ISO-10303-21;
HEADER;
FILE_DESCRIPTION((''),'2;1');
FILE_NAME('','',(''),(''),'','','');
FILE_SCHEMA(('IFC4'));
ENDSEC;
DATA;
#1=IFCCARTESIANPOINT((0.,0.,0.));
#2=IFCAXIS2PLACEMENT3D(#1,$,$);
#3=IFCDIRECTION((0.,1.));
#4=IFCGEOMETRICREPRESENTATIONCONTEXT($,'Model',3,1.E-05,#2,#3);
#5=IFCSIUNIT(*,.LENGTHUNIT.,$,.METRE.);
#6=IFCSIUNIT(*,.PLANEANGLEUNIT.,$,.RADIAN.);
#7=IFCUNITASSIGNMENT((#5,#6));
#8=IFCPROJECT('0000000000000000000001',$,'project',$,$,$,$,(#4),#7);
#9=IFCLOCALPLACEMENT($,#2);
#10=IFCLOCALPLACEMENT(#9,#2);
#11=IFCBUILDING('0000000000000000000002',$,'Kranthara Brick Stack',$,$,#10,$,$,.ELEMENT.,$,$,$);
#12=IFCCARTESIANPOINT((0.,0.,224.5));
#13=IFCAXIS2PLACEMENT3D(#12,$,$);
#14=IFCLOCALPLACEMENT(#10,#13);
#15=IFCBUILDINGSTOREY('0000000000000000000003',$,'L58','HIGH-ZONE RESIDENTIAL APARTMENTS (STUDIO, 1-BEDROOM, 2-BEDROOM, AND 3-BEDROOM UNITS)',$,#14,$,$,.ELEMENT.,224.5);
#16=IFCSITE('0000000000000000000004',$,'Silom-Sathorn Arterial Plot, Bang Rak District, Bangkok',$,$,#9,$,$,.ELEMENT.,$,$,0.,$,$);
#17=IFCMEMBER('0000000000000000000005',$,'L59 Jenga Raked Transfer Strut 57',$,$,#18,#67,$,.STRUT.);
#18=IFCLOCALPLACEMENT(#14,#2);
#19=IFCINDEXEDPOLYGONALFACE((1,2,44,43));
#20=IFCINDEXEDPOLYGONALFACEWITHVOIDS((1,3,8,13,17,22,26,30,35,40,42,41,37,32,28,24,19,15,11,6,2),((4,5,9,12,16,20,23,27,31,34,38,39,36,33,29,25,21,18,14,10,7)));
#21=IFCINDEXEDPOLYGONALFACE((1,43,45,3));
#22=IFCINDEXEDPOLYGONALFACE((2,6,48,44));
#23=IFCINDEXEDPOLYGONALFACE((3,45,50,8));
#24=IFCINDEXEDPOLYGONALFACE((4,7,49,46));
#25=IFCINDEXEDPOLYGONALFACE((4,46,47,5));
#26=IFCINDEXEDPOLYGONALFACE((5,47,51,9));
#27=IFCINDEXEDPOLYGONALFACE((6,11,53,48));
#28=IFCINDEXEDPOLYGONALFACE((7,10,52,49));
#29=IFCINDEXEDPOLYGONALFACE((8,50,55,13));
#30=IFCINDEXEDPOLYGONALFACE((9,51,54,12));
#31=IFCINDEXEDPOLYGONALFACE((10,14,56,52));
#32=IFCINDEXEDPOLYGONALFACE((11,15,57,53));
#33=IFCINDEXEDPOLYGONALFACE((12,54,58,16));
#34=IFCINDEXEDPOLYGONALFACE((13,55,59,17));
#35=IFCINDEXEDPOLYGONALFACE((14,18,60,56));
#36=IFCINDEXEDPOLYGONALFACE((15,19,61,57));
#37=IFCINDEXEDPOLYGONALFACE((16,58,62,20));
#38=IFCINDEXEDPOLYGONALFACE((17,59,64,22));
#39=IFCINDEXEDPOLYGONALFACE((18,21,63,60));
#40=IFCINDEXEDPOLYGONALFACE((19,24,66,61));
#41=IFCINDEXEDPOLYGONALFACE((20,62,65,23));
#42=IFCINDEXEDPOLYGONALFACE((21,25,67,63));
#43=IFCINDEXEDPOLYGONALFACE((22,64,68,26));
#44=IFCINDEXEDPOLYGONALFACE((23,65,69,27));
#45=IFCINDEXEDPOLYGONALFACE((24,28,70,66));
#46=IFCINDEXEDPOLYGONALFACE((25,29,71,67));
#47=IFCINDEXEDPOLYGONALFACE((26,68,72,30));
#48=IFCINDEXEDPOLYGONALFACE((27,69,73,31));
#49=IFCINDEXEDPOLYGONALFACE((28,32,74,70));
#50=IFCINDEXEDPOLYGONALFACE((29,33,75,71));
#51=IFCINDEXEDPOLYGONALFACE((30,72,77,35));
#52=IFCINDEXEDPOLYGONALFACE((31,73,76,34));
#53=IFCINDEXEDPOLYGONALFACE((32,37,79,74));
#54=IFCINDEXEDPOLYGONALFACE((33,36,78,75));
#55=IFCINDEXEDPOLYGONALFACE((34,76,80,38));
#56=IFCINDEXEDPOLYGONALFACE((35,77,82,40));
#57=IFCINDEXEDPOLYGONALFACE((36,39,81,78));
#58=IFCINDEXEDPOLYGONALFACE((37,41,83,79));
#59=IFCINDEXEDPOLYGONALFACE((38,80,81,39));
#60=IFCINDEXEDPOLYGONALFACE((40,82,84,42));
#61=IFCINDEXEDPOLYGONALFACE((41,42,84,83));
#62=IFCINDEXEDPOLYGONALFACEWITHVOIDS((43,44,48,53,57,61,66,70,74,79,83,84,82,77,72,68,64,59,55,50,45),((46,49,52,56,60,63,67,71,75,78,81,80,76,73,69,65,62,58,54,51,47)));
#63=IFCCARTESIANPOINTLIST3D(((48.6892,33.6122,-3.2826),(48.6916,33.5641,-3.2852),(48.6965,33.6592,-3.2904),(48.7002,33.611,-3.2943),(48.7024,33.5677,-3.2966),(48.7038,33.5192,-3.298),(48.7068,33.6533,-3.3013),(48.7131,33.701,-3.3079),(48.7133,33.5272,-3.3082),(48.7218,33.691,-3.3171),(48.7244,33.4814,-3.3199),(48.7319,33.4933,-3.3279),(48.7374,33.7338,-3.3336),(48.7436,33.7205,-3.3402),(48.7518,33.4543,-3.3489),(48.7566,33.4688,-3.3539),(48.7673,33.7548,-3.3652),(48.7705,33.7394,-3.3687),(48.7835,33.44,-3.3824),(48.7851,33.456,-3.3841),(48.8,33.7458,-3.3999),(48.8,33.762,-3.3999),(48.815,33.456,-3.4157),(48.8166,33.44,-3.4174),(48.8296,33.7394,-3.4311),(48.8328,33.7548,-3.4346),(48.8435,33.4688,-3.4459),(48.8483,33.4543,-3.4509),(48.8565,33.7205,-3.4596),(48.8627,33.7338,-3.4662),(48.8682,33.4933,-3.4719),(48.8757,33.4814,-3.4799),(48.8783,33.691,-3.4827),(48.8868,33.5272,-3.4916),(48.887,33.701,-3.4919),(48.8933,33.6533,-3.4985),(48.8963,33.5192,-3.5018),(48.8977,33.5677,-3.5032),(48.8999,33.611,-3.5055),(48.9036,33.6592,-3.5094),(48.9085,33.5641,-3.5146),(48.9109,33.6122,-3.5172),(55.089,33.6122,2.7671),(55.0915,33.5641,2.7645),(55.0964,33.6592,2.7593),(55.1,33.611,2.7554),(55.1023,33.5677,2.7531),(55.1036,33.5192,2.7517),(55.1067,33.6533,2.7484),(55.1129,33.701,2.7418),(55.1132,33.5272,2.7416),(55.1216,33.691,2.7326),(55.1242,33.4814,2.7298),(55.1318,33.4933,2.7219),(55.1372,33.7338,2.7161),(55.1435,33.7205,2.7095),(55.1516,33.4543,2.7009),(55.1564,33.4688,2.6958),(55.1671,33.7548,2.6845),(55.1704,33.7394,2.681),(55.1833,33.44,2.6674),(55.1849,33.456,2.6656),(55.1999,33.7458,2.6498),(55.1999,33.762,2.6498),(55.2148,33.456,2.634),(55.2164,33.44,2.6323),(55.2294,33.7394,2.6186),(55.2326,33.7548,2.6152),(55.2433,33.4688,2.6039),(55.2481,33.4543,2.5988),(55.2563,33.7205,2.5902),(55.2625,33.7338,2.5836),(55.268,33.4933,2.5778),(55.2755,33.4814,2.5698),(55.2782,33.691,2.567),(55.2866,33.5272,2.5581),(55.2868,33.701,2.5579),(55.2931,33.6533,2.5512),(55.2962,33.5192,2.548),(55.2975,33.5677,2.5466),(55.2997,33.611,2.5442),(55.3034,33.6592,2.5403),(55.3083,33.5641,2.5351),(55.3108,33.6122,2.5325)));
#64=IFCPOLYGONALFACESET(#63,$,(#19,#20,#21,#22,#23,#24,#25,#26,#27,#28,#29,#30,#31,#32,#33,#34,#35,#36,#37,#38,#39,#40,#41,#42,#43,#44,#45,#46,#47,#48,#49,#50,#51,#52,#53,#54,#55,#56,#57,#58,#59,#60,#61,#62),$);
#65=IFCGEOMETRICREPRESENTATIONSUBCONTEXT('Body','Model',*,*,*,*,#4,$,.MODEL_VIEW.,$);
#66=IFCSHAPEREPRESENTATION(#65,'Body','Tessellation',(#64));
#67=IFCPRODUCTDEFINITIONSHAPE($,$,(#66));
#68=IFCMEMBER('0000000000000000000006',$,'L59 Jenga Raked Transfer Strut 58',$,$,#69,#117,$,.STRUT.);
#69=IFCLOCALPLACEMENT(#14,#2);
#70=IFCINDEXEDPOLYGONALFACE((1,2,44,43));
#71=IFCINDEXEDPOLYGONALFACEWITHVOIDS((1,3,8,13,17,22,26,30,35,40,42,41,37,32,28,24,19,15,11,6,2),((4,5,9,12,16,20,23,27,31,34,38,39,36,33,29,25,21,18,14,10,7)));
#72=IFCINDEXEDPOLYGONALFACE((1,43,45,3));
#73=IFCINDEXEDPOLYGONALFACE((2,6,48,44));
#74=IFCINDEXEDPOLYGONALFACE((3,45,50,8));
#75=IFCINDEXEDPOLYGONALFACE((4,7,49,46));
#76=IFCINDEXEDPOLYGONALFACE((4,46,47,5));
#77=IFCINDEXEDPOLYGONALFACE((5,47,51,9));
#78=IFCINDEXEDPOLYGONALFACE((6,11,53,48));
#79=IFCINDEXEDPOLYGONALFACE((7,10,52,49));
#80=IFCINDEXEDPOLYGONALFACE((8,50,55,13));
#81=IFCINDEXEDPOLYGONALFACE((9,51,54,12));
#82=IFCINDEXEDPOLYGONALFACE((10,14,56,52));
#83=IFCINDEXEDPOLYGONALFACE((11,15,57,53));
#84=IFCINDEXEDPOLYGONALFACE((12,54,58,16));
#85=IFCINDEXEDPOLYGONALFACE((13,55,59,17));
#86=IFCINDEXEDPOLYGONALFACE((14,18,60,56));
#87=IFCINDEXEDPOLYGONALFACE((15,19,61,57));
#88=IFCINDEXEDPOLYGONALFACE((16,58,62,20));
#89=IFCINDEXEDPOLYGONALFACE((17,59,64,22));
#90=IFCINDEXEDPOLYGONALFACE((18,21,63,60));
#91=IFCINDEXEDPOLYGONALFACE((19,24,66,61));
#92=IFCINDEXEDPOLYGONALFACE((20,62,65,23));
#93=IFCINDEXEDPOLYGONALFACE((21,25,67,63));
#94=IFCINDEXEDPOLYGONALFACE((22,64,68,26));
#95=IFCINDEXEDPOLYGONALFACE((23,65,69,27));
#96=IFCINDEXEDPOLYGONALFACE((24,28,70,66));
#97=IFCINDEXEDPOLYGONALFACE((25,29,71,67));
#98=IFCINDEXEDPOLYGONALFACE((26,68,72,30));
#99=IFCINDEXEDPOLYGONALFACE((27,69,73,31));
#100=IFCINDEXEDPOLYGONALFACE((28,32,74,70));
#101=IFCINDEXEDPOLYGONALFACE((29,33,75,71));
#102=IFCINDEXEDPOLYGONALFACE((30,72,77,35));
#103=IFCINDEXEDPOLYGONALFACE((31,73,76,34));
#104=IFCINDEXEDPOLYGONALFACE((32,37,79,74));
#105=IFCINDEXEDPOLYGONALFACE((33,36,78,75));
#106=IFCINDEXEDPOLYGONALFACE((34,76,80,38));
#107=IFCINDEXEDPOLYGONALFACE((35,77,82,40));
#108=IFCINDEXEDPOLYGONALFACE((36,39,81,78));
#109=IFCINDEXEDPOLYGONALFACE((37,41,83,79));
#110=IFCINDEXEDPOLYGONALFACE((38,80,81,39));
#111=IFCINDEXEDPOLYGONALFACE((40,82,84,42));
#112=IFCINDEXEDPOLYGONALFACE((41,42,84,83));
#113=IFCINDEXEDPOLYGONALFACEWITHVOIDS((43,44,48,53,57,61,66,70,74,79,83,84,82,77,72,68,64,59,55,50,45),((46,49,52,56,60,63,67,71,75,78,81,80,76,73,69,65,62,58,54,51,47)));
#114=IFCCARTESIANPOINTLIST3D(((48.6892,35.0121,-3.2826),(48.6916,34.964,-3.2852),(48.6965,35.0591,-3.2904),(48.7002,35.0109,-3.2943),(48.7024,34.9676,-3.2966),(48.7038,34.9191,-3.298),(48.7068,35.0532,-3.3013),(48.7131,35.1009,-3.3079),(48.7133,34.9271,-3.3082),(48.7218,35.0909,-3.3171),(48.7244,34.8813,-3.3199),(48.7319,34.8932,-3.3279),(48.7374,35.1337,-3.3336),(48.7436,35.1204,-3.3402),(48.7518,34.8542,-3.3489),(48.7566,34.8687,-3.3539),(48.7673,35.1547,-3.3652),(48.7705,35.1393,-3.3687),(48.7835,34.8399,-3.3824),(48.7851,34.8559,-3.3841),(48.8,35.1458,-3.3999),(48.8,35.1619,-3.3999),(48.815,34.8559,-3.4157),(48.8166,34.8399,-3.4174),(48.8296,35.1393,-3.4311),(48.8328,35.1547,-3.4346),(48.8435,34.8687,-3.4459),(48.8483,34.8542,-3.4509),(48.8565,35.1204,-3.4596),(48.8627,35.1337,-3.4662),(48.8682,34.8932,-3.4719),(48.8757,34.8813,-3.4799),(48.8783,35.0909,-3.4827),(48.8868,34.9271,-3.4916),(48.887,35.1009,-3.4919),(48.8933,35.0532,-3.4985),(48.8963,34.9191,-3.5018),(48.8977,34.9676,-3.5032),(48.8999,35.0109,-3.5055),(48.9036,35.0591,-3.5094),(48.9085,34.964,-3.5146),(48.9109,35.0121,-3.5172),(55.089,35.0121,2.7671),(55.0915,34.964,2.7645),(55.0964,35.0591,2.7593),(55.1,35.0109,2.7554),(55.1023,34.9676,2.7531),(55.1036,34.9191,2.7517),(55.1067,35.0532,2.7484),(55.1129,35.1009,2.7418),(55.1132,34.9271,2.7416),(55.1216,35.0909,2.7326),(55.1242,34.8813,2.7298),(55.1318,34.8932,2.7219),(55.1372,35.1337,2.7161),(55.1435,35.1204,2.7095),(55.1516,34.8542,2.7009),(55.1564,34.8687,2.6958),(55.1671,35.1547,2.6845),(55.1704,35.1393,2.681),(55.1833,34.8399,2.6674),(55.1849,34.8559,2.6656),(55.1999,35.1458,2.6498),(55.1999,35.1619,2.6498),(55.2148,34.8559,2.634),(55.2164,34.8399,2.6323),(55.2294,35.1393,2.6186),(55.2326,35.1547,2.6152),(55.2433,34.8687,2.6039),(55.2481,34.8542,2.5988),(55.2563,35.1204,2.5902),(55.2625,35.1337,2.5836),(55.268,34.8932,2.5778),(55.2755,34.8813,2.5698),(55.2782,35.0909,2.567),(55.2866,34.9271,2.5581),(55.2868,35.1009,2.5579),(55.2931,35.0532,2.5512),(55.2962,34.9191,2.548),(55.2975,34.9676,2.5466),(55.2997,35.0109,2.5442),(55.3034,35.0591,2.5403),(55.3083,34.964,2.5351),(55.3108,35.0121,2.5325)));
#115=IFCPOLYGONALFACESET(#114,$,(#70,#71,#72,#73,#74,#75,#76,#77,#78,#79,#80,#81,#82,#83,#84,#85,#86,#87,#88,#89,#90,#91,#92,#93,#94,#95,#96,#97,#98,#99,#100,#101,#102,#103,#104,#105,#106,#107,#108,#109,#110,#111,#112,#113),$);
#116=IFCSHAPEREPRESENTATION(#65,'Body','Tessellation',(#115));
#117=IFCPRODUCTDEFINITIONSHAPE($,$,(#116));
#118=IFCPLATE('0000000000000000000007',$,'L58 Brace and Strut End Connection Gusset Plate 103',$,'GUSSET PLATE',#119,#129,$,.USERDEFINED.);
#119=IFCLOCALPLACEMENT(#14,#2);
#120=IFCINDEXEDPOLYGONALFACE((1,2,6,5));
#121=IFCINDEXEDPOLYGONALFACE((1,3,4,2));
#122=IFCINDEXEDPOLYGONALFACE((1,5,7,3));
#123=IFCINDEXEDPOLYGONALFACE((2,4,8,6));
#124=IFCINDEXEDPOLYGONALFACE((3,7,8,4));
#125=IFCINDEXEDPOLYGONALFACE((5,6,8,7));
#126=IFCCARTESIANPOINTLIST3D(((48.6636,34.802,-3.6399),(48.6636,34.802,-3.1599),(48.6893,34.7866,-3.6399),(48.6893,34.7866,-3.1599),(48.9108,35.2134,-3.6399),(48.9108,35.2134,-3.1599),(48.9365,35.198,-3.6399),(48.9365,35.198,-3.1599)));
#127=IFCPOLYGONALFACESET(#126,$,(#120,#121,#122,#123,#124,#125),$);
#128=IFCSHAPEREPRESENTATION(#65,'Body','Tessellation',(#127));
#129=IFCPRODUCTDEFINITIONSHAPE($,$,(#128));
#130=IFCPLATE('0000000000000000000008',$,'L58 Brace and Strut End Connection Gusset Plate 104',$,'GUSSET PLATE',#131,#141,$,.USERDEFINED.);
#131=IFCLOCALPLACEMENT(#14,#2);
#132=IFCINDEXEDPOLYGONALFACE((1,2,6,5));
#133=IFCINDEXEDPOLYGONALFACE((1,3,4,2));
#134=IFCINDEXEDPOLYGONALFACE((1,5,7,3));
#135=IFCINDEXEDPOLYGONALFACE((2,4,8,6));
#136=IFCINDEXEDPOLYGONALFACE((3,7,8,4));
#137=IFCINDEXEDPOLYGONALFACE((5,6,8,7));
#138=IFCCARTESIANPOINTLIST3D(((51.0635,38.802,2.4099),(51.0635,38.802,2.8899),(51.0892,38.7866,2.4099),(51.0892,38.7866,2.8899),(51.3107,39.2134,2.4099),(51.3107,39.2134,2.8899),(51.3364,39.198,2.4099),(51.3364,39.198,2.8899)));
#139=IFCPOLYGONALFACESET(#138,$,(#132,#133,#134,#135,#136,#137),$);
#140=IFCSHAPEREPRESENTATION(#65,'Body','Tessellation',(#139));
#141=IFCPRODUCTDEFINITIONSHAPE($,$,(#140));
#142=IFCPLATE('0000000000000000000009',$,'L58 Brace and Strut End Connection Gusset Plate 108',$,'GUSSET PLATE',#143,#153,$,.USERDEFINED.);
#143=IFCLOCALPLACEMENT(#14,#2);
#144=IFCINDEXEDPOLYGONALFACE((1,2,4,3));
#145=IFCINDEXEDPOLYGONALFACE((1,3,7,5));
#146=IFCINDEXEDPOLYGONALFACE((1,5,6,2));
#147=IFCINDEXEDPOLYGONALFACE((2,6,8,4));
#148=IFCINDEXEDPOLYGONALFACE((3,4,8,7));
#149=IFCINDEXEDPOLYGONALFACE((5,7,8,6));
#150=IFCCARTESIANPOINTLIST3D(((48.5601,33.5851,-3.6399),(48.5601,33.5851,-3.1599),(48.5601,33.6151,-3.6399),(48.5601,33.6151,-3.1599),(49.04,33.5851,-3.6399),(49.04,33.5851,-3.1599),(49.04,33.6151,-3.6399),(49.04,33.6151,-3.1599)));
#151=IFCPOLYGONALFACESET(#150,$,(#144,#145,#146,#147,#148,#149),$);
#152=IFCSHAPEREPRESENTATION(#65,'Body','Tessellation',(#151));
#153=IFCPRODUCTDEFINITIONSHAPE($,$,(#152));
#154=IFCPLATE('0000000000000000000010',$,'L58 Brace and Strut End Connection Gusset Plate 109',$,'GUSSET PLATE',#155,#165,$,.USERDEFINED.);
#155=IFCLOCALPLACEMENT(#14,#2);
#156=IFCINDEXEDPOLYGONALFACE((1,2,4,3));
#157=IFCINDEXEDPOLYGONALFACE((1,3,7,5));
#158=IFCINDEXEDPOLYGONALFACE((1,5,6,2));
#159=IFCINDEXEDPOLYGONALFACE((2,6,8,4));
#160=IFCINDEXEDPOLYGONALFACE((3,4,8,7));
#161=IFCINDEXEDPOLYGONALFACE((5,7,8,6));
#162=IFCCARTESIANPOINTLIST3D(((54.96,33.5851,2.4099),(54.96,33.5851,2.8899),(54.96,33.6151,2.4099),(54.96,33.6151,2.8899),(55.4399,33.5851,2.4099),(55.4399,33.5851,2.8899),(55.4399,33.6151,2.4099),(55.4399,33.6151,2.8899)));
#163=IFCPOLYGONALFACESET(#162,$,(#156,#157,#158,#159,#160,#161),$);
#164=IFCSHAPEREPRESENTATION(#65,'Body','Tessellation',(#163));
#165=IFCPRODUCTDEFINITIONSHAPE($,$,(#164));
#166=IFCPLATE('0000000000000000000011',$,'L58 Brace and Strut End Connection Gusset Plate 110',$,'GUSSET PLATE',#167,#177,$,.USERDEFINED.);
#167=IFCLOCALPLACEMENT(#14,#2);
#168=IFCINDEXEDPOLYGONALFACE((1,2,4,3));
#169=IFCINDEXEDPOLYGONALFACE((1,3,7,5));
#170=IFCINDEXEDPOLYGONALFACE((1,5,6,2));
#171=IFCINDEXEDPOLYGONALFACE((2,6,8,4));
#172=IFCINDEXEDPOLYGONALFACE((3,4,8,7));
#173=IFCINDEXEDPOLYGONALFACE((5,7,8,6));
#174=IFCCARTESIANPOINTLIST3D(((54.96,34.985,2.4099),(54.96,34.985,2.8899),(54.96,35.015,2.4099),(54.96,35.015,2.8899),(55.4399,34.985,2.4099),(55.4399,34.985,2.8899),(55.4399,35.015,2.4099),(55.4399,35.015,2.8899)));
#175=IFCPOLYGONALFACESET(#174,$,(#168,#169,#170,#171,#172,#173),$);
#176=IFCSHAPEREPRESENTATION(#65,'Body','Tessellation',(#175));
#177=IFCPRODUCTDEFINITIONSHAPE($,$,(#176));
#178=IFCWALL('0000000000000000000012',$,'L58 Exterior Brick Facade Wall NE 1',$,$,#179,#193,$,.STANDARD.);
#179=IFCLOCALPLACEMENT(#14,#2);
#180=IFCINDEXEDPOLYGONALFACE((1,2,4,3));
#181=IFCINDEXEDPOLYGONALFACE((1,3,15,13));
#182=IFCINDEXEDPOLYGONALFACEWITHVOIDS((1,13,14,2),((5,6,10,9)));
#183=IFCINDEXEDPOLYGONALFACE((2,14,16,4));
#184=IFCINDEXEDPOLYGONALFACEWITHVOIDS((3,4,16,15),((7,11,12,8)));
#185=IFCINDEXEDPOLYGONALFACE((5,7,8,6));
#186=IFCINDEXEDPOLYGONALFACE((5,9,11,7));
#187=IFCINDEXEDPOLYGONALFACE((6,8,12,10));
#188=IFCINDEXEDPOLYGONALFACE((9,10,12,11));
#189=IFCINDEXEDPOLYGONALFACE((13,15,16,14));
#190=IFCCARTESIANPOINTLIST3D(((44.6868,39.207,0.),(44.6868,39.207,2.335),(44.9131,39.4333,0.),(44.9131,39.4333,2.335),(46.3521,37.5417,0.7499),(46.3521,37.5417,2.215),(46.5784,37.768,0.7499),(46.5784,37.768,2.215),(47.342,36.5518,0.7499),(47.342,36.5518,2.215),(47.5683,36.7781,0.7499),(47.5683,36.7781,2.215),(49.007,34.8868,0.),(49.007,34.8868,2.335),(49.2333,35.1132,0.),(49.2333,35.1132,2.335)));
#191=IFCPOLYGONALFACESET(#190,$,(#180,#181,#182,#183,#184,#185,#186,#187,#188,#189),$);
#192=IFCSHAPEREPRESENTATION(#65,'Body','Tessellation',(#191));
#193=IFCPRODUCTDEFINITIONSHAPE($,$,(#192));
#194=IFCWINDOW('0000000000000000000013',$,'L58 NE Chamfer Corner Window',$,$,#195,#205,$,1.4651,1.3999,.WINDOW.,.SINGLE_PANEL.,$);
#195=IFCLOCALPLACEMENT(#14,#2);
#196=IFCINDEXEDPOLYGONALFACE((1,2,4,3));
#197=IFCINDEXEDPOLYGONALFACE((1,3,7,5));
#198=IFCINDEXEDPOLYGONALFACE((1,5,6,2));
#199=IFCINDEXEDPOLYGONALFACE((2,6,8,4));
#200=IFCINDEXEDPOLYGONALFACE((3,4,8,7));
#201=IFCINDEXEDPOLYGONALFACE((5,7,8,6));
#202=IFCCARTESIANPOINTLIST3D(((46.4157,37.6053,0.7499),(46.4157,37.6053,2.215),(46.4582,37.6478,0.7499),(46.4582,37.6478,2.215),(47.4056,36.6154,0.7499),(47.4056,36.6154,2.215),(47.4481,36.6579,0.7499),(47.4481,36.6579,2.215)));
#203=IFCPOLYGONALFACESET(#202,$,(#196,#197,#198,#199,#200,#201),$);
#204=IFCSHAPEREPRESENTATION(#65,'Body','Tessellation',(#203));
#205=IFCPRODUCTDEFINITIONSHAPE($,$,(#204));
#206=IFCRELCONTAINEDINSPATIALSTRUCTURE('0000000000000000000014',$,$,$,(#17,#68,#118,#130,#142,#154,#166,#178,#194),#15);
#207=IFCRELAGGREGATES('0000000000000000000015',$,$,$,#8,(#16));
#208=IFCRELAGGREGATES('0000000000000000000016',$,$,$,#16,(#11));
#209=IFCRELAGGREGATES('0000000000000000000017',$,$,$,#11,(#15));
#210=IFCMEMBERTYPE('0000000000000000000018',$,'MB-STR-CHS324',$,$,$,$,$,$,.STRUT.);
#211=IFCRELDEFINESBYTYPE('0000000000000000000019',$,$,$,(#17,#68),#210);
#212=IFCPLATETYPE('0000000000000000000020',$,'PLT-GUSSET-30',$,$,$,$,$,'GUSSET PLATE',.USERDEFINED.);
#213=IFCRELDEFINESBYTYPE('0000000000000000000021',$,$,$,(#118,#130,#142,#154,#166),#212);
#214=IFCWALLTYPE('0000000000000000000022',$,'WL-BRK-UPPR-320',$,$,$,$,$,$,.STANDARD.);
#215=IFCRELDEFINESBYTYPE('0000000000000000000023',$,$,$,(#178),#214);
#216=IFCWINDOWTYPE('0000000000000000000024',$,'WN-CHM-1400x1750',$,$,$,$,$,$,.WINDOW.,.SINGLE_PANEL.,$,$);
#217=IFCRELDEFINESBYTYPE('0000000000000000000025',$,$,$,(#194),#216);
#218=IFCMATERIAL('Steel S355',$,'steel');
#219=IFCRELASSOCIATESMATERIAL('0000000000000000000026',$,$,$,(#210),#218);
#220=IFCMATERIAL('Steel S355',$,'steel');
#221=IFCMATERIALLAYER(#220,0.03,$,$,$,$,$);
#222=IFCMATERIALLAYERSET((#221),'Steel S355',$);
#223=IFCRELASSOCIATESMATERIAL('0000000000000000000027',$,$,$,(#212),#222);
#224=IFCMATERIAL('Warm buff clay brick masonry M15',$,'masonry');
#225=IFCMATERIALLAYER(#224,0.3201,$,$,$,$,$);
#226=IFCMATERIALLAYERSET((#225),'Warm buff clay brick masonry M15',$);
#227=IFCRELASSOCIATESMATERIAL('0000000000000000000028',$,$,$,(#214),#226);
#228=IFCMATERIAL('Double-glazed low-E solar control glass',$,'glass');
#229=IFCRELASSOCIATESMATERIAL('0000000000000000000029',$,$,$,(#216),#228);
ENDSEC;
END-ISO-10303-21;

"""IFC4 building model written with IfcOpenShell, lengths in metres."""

from ifc_helpers import new_model, si_unit, direction, frame, frame_2d, origin, origin_2d, place, context, subcontext, project, spatial, rectangle, hollow_circle, extrude, material, layer, layer_set, material_profile, profile_set, type_object, element, fill, save


model = new_model("IFC4")

# Units and contexts
model_context = context("Model", 3, precision=1e-05, world=origin(), true_north=direction((0.0, 1.0)))
body_context = subcontext(model_context, "Body", "Model", "MODEL_VIEW")
ifc_project = project(units=[si_unit("LENGTHUNIT", "METRE"), si_unit("PLANEANGLEUNIT", "RADIAN")], contexts=[model_context])

# Site, building, storey
site_placement = place(None, origin())
site = spatial("IfcSite", under=ifc_project, at=site_placement, Name="Silom-Sathorn Arterial Plot, Bang Rak District, Bangkok", CompositionType="ELEMENT", RefElevation=0.0)
building_placement = place(site_placement, origin())
building = spatial("IfcBuilding", under=site, at=building_placement, Name="Kranthara Brick Stack", CompositionType="ELEMENT")
storey_placement = place(building_placement, frame((0.0, 0.0, 224.5)))
storey = spatial("IfcBuildingStorey", under=building, at=storey_placement, Name="L58", Description="HIGH-ZONE RESIDENTIAL APARTMENTS (STUDIO, 1-BEDROOM, 2-BEDROOM, AND 3-BEDROOM UNITS)", CompositionType="ELEMENT", Elevation=224.5)

# Members
ifc_material_1 = material(Name="Steel S355", Category="steel")
ifc_material_profile_1 = material_profile(ifc_material_1, hollow_circle(Radius=0.1619, WallThickness=0.0161, at=origin_2d()), Name="CHS 323.9x16")
ifc_profile_set_1 = profile_set([ifc_material_profile_1], Name="Steel S355")
member_type = type_object("IfcMemberType", Name="MB-STR-CHS324", PredefinedType="STRUT", material=ifc_profile_set_1)
for number, where, z_axis, x_axis, name in (
    (1, (48.8, 33.6001, -3.3999), (0.726704, 0.0, 0.686951), (0.0, 1.0, 0.0), "L59 Jenga Raked Transfer Strut 57"),
    (2, (48.8, 35.0, -3.3999), (0.726704, 0.0, 0.686951), (0.0, 1.0, 0.0), "L59 Jenga Raked Transfer Strut 58"),
):
    element("IfcMember", number, at=place(storey_placement, frame(where, z_axis=z_axis, x_axis=x_axis)), inside=storey, type_object=member_type, Name=name, PredefinedType="STRUT", context=body_context, shape_type="SweptSolid", body=[
        extrude(hollow_circle(Radius=0.1619, WallThickness=0.0161, at=origin_2d()), origin(), (0.0, 0.0, 1.0), 8.8066),
    ])

# Plates
ifc_material_2 = material(Name="Steel S355", Category="steel")
ifc_layer_1 = layer(ifc_material_2, 0.03)
ifc_layer_set_1 = layer_set([ifc_layer_1], Name="Steel S355")
plate_type = type_object("IfcPlateType", Name="PLT-GUSSET-30", ElementType="GUSSET PLATE", PredefinedType="USERDEFINED", material=ifc_layer_set_1)
for number, where, z_axis, x_axis, name in (
    (3, (48.8, 35.0, -3.6399), (0.0, 0.0, 1.0), (0.515038, 0.857167, 0.0), "L58 Brace and Strut End Connection Gusset Plate 103"),
    (4, (51.2, 39.0, 2.4099), (0.0, 0.0, 1.0), (0.515038, 0.857167, 0.0), "L58 Brace and Strut End Connection Gusset Plate 104"),
    (5, (48.8, 33.6001, -3.6399), (0.0, 0.0, 1.0), (1.0, 0.0, 0.0), "L58 Brace and Strut End Connection Gusset Plate 108"),
    (6, (55.2, 33.6001, 2.4099), (0.0, 0.0, 1.0), (1.0, 0.0, 0.0), "L58 Brace and Strut End Connection Gusset Plate 109"),
    (7, (55.2, 35.0, 2.4099), (0.0, 0.0, 1.0), (1.0, 0.0, 0.0), "L58 Brace and Strut End Connection Gusset Plate 110"),
):
    element("IfcPlate", number, at=place(storey_placement, frame(where, z_axis=z_axis, x_axis=x_axis)), inside=storey, type_object=plate_type, Name=name, ObjectType="GUSSET PLATE", PredefinedType="USERDEFINED", context=body_context, shape_type="SweptSolid", body=[
        extrude(rectangle(XDim=0.48, YDim=0.03, at=origin_2d()), origin(), (0.0, 0.0, 1.0), 0.48),
    ])

# Wall, opening, window
ifc_material_3 = material(Name="Warm buff clay brick masonry M15", Category="masonry")
ifc_layer_2 = layer(ifc_material_3, 0.3201)
ifc_layer_set_2 = layer_set([ifc_layer_2], Name="Warm buff clay brick masonry M15")
wall_type = type_object("IfcWallType", Name="WL-BRK-UPPR-320", PredefinedType="STANDARD", material=ifc_layer_set_2)
wall_1_placement = place(storey_placement, frame((44.8, 39.3201, 0.0), z_axis=(0.0, 0.0, 1.0), x_axis=(0.707107, -0.707107, 0.0)))
wall_1 = element("IfcWall", 8, at=wall_1_placement, inside=storey, type_object=wall_type, Name="L58 Exterior Brick Facade Wall NE 1", PredefinedType="STANDARD", context=body_context, shape_type="SweptSolid", body=[
    extrude(rectangle(XDim=6.1096, YDim=0.3201, at=frame_2d((3.0547, 0.0))), origin(), (0.0, 0.0, 1.0), 2.335),
])
opening_1_placement = place(wall_1_placement, frame((2.355, 0.0, 0.75)))
opening_1 = element("IfcOpeningElement", 9, at=opening_1_placement, cuts=wall_1, PredefinedType="OPENING", context=body_context, shape_type="SweptSolid", body=[
    extrude(rectangle(XDim=1.3999, YDim=1.4651, at=frame_2d((0.7, 0.7324))), frame((0.0, 0.1699, 0.0), z_axis=(0.0, -1.0, 0.0), x_axis=(1.0, 0.0, 0.0)), (0.0, 0.0, 1.0), 0.3401),
])
ifc_material_4 = material(Name="Double-glazed low-E solar control glass", Category="glass")
window_type_1 = type_object("IfcWindowType", Name="WN-CHM-1400x1750", PartitioningType="SINGLE_PANEL", PredefinedType="WINDOW", material=ifc_material_4)
window_1_placement = place(opening_1_placement, origin())
window_1 = element("IfcWindow", 10, at=window_1_placement, inside=storey, type_object=window_type_1, Name="L58 NE Chamfer Corner Window", OverallHeight=1.4651, OverallWidth=1.3999, PartitioningType="SINGLE_PANEL", PredefinedType="WINDOW", context=body_context, shape_type="SweptSolid", body=[
    extrude(rectangle(XDim=1.3999, YDim=1.4651, at=frame_2d((0.7, 0.7324))), frame((0.0, -0.01, 0.0), z_axis=(0.0, -1.0, 0.0), x_axis=(1.0, 0.0, 0.0)), (0.0, 0.0, 1.0), 0.0601),
])
fill(opening_1, window_1)

save(model, "model.ifc")
